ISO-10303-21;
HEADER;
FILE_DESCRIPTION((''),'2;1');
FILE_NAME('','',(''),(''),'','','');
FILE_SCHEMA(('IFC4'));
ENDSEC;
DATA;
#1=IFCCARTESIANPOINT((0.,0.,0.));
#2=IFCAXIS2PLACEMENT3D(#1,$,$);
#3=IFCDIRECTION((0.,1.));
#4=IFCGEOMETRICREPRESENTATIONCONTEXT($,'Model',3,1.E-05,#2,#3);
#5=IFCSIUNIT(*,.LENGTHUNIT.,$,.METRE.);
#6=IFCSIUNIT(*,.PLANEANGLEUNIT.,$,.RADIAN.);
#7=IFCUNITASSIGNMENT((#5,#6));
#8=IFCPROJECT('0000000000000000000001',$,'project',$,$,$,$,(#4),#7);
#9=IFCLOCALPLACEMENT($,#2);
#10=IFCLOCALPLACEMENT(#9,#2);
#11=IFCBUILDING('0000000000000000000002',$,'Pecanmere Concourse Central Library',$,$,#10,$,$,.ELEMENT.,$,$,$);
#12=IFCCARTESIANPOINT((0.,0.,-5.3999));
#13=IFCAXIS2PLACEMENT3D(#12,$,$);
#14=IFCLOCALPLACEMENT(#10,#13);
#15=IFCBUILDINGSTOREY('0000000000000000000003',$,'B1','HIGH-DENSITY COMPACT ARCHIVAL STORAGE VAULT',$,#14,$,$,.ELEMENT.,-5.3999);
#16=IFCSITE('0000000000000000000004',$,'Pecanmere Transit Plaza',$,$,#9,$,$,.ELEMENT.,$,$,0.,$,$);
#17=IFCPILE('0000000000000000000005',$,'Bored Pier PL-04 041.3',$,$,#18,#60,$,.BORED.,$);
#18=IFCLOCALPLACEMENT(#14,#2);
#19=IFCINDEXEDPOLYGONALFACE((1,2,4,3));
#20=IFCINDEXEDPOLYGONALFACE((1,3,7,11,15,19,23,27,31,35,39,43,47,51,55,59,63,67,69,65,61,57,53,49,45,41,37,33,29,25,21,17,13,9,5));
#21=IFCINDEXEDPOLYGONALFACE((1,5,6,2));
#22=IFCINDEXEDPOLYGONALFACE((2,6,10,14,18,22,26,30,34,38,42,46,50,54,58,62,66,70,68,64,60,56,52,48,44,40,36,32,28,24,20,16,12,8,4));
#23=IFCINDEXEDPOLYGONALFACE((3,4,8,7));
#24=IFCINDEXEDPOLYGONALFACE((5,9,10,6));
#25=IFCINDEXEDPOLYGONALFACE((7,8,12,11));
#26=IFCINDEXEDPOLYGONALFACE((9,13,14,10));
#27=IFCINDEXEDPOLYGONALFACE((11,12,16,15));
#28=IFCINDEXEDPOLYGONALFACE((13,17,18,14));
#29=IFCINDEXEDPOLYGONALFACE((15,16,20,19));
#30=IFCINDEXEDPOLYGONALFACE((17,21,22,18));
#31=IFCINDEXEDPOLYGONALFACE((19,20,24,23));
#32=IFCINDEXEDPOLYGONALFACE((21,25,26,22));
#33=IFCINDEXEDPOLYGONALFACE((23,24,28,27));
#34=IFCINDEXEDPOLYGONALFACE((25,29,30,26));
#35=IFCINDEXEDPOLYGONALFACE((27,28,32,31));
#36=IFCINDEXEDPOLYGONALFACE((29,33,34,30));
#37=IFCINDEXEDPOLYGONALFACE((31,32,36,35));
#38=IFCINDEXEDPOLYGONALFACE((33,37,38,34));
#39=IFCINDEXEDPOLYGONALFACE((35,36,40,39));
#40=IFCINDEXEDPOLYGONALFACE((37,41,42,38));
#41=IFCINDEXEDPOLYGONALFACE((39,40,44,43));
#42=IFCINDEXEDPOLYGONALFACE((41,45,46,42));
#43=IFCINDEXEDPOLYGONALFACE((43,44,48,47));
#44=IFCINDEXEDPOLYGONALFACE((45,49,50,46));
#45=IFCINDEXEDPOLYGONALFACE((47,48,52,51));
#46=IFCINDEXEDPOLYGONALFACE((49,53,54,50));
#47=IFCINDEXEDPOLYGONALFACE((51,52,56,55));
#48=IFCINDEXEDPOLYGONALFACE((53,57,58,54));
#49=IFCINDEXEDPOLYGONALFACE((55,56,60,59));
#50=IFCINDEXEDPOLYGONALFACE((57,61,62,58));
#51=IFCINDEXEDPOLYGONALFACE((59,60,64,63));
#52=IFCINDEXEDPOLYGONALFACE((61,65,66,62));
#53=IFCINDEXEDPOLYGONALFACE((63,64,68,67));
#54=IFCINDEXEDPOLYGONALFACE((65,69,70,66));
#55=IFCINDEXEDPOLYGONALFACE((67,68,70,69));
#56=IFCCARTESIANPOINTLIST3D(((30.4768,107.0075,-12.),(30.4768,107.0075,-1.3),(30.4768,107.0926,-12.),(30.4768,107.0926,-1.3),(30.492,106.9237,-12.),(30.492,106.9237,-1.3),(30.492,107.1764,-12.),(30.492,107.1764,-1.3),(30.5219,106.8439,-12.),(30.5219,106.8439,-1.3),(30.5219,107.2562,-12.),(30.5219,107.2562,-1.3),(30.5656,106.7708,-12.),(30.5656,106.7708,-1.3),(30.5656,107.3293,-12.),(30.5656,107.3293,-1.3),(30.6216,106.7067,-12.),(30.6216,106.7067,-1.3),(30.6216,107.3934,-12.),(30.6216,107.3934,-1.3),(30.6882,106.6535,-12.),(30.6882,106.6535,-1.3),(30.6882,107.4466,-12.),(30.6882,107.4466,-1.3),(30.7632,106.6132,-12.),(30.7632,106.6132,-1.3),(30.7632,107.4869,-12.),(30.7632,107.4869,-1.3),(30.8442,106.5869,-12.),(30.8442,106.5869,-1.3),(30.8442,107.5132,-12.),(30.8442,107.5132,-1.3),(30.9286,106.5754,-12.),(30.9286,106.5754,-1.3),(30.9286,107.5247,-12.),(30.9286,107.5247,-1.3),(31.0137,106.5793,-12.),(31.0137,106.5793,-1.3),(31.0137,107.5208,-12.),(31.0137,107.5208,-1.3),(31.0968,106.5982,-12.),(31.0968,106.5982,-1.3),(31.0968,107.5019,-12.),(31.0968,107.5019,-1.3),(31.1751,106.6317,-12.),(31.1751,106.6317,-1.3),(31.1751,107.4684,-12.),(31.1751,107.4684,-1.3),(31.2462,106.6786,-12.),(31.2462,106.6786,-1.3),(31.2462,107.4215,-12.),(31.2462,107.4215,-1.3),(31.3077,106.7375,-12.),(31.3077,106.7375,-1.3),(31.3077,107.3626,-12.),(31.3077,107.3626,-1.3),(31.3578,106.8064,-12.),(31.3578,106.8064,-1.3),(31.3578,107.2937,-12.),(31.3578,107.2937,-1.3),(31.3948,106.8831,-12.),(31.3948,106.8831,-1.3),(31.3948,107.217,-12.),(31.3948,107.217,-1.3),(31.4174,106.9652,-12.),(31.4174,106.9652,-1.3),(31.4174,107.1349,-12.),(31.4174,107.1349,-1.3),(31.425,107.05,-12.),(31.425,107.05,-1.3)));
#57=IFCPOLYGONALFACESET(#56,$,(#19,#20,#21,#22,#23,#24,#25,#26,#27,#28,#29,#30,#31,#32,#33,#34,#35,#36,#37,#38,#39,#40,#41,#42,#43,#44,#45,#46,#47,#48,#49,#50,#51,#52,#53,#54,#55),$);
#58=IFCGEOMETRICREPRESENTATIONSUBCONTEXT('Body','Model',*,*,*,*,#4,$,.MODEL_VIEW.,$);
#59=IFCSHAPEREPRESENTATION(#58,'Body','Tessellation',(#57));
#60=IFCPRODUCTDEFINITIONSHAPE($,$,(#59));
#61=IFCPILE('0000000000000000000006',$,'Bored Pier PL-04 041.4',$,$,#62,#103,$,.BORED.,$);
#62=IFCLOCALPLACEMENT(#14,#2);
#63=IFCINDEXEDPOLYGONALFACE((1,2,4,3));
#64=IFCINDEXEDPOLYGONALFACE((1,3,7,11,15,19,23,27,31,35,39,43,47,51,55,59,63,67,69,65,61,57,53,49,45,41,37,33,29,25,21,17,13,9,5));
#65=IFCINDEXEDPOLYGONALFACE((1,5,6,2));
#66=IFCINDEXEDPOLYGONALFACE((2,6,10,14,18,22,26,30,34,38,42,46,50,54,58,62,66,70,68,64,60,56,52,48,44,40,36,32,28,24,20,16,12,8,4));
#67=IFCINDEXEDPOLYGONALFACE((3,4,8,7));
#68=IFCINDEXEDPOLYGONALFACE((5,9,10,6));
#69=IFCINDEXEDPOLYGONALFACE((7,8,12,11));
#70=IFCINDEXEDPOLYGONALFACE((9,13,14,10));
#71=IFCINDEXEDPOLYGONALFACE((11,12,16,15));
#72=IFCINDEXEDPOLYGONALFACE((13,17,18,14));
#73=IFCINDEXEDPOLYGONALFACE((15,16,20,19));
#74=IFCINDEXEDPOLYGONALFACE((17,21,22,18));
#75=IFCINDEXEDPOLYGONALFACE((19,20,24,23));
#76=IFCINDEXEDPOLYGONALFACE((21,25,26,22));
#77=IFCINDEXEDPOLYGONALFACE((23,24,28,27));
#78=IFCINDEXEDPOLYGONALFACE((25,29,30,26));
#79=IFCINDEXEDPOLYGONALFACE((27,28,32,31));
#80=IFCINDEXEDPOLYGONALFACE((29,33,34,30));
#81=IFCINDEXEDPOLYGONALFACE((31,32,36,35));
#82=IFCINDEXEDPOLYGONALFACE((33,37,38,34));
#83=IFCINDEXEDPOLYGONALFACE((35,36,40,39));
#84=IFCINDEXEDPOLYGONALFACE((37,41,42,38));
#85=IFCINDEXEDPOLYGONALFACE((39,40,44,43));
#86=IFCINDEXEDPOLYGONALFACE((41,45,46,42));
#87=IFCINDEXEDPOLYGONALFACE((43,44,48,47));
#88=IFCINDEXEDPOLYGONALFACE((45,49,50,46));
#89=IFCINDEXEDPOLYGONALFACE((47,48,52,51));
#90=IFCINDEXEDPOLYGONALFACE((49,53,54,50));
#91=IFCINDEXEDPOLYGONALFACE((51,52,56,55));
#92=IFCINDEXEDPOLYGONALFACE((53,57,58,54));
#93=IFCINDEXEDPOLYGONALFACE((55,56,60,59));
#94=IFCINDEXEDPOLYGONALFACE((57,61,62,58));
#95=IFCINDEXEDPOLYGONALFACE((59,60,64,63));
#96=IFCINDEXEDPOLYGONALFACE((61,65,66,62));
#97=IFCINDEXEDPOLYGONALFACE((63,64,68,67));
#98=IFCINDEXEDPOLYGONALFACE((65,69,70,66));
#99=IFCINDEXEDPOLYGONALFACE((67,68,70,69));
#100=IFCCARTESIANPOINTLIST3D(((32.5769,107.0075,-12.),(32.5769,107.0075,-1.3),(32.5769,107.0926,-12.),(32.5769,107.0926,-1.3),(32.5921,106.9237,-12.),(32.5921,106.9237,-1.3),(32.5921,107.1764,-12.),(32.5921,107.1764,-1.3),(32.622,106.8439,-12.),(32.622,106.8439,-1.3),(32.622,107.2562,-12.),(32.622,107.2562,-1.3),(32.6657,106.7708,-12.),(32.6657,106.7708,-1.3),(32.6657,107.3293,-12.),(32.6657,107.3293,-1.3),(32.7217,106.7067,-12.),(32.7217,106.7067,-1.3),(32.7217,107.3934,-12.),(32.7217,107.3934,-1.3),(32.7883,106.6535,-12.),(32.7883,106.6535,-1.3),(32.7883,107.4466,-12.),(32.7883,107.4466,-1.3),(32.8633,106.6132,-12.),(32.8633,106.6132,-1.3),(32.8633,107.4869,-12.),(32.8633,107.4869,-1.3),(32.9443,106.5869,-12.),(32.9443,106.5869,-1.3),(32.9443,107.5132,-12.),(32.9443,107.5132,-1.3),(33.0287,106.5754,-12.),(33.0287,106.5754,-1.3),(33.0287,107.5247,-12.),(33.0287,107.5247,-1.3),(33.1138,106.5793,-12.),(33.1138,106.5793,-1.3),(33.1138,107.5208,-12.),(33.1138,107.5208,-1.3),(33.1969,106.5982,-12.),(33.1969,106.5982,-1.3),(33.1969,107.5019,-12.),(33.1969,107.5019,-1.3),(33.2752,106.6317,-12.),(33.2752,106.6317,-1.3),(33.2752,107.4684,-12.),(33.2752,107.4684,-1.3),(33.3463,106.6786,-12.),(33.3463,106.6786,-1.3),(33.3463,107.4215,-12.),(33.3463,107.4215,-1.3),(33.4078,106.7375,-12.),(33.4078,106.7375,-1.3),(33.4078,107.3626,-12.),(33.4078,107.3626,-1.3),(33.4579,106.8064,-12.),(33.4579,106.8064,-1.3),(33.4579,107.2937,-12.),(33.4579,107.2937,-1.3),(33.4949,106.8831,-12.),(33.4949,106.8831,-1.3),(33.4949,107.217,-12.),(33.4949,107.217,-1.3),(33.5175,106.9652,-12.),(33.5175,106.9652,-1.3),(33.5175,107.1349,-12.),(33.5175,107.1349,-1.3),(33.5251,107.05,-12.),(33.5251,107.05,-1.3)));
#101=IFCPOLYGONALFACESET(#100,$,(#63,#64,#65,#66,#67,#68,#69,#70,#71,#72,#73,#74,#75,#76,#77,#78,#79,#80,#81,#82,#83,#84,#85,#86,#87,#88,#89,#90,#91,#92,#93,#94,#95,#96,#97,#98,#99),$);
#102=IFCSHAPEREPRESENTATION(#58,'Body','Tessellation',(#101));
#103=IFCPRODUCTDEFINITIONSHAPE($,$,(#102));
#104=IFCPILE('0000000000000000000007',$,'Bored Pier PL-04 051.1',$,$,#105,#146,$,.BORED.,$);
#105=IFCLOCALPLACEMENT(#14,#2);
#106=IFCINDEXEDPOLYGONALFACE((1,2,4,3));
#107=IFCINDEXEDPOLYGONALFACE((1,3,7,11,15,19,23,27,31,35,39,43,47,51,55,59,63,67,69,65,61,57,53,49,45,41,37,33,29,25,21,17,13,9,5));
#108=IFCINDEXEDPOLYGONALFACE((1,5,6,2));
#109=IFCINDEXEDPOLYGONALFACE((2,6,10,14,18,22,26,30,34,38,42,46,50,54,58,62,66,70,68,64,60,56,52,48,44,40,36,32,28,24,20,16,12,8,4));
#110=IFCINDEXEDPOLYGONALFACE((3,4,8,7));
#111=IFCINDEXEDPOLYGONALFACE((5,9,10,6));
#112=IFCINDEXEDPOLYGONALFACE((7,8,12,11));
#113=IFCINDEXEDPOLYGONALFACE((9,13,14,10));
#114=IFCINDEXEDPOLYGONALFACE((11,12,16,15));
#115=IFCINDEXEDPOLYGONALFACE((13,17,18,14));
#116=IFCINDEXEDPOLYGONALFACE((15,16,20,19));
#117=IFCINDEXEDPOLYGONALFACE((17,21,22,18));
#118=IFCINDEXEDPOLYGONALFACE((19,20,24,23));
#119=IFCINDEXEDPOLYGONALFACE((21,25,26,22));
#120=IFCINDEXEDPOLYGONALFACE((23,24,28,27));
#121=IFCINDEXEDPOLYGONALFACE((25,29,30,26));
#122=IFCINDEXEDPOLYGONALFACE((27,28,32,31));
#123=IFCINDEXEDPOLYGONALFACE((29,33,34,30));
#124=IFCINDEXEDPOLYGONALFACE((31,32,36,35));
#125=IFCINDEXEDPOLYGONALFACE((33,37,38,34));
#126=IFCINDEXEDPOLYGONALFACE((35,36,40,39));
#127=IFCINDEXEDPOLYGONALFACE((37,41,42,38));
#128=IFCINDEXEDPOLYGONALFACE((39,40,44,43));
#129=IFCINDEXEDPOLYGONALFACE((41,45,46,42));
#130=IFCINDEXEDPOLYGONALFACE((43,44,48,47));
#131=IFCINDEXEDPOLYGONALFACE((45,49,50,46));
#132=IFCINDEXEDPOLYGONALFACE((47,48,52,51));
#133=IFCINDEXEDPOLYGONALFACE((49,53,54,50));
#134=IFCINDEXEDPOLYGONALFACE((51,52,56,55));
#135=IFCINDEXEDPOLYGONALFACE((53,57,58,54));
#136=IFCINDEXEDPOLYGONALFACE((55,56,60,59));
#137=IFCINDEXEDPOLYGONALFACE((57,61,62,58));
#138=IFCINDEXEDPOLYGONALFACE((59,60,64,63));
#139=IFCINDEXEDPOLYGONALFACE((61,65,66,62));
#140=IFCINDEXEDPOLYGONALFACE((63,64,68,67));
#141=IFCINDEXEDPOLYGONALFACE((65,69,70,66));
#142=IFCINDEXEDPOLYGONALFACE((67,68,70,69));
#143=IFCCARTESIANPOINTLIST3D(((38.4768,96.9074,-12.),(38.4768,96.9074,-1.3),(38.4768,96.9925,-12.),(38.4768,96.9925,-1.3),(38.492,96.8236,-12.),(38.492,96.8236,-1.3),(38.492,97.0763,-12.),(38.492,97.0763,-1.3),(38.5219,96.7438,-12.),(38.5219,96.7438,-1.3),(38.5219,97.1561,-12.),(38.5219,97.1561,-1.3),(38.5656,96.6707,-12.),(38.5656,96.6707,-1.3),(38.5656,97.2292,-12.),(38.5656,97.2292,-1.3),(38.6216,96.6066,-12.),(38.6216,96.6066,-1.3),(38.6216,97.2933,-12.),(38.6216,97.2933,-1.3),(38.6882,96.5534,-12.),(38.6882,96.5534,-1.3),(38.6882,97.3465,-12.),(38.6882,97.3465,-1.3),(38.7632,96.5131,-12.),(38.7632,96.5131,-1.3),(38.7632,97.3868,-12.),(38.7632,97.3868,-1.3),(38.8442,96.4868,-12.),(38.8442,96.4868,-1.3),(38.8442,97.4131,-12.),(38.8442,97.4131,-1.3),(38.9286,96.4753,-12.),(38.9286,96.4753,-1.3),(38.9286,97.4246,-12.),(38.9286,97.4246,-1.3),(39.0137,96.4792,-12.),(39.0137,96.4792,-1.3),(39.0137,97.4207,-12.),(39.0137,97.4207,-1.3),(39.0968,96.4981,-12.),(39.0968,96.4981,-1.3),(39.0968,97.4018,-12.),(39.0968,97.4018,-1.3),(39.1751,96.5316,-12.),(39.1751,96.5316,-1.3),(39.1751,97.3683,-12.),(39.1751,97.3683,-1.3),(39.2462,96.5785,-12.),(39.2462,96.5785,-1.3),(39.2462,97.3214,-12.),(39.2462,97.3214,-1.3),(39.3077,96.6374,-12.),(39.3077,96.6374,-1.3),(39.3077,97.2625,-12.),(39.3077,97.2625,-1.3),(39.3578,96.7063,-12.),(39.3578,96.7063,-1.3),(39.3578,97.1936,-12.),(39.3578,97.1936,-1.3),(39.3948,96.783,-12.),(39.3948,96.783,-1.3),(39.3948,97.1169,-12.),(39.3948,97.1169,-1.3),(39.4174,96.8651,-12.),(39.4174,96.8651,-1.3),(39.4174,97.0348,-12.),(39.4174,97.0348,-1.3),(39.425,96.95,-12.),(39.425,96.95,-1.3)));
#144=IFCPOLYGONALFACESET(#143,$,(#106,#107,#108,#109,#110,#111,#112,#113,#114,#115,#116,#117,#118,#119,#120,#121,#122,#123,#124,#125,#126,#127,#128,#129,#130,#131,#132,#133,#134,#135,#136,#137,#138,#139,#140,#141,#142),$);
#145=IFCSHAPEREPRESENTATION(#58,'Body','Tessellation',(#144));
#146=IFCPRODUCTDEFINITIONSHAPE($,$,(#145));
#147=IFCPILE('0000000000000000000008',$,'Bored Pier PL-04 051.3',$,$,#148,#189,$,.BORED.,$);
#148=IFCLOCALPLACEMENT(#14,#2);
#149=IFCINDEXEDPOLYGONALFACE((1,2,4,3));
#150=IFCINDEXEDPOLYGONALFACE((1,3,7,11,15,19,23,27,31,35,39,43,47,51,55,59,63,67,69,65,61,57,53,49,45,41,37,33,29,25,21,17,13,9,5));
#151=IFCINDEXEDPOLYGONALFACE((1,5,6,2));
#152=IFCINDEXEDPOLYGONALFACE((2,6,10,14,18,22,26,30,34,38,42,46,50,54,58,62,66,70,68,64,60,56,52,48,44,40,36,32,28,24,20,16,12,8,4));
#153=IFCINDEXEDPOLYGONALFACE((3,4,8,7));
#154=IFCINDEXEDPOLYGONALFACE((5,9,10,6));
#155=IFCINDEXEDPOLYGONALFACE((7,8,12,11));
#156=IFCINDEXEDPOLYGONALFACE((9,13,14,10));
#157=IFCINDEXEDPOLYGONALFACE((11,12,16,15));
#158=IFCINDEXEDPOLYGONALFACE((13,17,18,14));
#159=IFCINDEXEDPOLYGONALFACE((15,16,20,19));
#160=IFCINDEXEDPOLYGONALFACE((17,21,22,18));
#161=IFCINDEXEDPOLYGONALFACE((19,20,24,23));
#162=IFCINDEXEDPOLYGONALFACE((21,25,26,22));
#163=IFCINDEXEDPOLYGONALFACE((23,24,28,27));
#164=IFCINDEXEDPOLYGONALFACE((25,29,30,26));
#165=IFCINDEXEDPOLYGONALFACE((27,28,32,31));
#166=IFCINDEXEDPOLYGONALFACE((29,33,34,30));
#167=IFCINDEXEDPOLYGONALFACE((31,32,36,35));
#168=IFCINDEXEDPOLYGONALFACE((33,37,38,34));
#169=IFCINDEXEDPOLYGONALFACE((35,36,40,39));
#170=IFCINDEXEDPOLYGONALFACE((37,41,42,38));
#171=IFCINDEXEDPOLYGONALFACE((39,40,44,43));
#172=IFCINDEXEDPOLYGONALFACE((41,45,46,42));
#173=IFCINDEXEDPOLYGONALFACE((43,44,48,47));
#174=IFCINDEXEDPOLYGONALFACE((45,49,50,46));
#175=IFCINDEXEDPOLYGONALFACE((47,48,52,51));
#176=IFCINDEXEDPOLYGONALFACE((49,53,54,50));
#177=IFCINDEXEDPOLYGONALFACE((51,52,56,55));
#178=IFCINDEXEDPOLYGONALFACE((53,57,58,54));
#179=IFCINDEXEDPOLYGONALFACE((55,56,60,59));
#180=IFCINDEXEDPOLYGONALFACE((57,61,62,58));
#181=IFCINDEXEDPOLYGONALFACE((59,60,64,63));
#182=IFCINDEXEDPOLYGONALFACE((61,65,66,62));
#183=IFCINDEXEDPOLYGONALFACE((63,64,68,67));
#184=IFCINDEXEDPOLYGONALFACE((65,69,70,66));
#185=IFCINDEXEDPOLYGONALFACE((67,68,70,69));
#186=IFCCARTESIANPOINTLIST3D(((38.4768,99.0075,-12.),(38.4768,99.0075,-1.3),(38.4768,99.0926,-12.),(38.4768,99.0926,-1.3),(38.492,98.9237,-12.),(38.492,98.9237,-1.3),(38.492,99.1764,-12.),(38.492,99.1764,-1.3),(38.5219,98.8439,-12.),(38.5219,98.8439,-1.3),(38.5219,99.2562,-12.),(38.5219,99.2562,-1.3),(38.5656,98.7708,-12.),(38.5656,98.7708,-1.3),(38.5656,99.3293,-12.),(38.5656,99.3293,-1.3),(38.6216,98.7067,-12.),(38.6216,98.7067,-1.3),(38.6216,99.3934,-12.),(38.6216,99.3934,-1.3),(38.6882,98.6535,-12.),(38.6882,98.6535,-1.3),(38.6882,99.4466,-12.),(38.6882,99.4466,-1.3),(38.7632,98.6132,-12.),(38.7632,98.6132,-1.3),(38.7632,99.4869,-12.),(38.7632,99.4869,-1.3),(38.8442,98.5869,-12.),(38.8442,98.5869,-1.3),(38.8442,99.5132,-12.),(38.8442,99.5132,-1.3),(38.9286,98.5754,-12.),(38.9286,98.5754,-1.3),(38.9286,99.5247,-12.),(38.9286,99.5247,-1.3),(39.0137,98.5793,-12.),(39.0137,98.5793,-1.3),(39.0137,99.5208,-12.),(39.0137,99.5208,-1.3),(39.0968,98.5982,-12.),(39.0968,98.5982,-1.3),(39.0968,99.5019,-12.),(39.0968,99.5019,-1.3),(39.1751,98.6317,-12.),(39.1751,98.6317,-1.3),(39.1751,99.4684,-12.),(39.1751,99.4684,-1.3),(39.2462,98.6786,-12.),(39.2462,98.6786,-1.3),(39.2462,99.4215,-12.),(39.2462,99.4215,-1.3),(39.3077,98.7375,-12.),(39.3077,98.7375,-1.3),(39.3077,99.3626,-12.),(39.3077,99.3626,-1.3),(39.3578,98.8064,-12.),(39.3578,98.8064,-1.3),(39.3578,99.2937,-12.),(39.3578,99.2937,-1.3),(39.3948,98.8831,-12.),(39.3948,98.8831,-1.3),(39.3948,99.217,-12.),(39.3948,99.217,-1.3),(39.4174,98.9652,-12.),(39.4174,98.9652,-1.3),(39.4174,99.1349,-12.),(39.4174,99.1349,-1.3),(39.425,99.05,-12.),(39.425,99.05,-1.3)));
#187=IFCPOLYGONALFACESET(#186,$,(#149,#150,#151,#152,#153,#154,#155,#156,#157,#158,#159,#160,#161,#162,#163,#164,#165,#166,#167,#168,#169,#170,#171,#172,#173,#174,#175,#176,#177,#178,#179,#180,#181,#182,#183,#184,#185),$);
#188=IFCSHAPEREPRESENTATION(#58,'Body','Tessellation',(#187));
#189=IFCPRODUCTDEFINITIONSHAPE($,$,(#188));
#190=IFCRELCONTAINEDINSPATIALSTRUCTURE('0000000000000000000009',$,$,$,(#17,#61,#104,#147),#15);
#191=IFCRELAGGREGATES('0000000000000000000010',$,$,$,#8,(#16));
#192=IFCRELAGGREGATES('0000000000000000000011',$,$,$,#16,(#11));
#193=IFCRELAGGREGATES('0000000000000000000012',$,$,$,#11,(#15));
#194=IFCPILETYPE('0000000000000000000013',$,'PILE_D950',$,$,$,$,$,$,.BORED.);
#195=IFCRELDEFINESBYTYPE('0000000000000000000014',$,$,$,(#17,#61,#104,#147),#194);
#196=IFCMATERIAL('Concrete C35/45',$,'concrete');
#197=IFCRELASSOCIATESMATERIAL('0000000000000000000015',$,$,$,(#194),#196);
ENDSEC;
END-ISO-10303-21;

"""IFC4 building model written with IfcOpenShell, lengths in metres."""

from ifc_helpers import new_model, si_unit, direction, frame, origin, origin_2d, place, context, subcontext, project, spatial, circle, extrude, material, material_profile, profile_set, type_object, element, save


model = new_model("IFC4")

# Units and contexts
model_context = context("Model", 3, precision=1e-05, world=origin(), true_north=direction((0.0, 1.0)))
body_context = subcontext(model_context, "Body", "Model", "MODEL_VIEW")
ifc_project = project(units=[si_unit("LENGTHUNIT", "METRE"), si_unit("PLANEANGLEUNIT", "RADIAN")], contexts=[model_context])

# Site, building, storey
site_placement = place(None, origin())
site = spatial("IfcSite", under=ifc_project, at=site_placement, Name="Pecanmere Transit Plaza", CompositionType="ELEMENT", RefElevation=0.0)
building_placement = place(site_placement, origin())
building = spatial("IfcBuilding", under=site, at=building_placement, Name="Pecanmere Concourse Central Library", CompositionType="ELEMENT")
storey_placement = place(building_placement, frame((0.0, 0.0, -5.3999)))
storey = spatial("IfcBuildingStorey", under=building, at=storey_placement, Name="B1", Description="HIGH-DENSITY COMPACT ARCHIVAL STORAGE VAULT", CompositionType="ELEMENT", Elevation=-5.3999)

# Piles
ifc_material_1 = material(Name="Concrete C35/45", Category="concrete")
ifc_material_profile_1 = material_profile(ifc_material_1, circle(Radius=0.4751, at=origin_2d()), Name="PIER D950")
ifc_profile_set_1 = profile_set([ifc_material_profile_1], Name="Concrete C35/45")
pile_type = type_object("IfcPileType", Name="PILE_D950", PredefinedType="BORED", material=ifc_profile_set_1)
for number, where, z_axis, x_axis, name in (
    (1, (30.95, 107.05, -1.3), (0.0, 0.0, -1.0), (1.0, 0.0, 0.0), "Bored Pier PL-04 041.3"),
    (2, (33.05, 107.05, -1.3), (0.0, 0.0, -1.0), (1.0, 0.0, 0.0), "Bored Pier PL-04 041.4"),
    (3, (38.95, 96.95, -1.3), (0.0, 0.0, -1.0), (1.0, 0.0, 0.0), "Bored Pier PL-04 051.1"),
    (4, (38.95, 99.05, -1.3), (0.0, 0.0, -1.0), (1.0, 0.0, 0.0), "Bored Pier PL-04 051.3"),
):
    element("IfcPile", number, at=place(storey_placement, frame(where, z_axis=z_axis, x_axis=x_axis)), inside=storey, type_object=pile_type, Name=name, PredefinedType="BORED", context=body_context, shape_type="SweptSolid", body=[
        extrude(circle(Radius=0.4751, at=origin_2d()), origin(), (0.0, 0.0, 1.0), 10.7),
    ])

save(model, "model.ifc")
